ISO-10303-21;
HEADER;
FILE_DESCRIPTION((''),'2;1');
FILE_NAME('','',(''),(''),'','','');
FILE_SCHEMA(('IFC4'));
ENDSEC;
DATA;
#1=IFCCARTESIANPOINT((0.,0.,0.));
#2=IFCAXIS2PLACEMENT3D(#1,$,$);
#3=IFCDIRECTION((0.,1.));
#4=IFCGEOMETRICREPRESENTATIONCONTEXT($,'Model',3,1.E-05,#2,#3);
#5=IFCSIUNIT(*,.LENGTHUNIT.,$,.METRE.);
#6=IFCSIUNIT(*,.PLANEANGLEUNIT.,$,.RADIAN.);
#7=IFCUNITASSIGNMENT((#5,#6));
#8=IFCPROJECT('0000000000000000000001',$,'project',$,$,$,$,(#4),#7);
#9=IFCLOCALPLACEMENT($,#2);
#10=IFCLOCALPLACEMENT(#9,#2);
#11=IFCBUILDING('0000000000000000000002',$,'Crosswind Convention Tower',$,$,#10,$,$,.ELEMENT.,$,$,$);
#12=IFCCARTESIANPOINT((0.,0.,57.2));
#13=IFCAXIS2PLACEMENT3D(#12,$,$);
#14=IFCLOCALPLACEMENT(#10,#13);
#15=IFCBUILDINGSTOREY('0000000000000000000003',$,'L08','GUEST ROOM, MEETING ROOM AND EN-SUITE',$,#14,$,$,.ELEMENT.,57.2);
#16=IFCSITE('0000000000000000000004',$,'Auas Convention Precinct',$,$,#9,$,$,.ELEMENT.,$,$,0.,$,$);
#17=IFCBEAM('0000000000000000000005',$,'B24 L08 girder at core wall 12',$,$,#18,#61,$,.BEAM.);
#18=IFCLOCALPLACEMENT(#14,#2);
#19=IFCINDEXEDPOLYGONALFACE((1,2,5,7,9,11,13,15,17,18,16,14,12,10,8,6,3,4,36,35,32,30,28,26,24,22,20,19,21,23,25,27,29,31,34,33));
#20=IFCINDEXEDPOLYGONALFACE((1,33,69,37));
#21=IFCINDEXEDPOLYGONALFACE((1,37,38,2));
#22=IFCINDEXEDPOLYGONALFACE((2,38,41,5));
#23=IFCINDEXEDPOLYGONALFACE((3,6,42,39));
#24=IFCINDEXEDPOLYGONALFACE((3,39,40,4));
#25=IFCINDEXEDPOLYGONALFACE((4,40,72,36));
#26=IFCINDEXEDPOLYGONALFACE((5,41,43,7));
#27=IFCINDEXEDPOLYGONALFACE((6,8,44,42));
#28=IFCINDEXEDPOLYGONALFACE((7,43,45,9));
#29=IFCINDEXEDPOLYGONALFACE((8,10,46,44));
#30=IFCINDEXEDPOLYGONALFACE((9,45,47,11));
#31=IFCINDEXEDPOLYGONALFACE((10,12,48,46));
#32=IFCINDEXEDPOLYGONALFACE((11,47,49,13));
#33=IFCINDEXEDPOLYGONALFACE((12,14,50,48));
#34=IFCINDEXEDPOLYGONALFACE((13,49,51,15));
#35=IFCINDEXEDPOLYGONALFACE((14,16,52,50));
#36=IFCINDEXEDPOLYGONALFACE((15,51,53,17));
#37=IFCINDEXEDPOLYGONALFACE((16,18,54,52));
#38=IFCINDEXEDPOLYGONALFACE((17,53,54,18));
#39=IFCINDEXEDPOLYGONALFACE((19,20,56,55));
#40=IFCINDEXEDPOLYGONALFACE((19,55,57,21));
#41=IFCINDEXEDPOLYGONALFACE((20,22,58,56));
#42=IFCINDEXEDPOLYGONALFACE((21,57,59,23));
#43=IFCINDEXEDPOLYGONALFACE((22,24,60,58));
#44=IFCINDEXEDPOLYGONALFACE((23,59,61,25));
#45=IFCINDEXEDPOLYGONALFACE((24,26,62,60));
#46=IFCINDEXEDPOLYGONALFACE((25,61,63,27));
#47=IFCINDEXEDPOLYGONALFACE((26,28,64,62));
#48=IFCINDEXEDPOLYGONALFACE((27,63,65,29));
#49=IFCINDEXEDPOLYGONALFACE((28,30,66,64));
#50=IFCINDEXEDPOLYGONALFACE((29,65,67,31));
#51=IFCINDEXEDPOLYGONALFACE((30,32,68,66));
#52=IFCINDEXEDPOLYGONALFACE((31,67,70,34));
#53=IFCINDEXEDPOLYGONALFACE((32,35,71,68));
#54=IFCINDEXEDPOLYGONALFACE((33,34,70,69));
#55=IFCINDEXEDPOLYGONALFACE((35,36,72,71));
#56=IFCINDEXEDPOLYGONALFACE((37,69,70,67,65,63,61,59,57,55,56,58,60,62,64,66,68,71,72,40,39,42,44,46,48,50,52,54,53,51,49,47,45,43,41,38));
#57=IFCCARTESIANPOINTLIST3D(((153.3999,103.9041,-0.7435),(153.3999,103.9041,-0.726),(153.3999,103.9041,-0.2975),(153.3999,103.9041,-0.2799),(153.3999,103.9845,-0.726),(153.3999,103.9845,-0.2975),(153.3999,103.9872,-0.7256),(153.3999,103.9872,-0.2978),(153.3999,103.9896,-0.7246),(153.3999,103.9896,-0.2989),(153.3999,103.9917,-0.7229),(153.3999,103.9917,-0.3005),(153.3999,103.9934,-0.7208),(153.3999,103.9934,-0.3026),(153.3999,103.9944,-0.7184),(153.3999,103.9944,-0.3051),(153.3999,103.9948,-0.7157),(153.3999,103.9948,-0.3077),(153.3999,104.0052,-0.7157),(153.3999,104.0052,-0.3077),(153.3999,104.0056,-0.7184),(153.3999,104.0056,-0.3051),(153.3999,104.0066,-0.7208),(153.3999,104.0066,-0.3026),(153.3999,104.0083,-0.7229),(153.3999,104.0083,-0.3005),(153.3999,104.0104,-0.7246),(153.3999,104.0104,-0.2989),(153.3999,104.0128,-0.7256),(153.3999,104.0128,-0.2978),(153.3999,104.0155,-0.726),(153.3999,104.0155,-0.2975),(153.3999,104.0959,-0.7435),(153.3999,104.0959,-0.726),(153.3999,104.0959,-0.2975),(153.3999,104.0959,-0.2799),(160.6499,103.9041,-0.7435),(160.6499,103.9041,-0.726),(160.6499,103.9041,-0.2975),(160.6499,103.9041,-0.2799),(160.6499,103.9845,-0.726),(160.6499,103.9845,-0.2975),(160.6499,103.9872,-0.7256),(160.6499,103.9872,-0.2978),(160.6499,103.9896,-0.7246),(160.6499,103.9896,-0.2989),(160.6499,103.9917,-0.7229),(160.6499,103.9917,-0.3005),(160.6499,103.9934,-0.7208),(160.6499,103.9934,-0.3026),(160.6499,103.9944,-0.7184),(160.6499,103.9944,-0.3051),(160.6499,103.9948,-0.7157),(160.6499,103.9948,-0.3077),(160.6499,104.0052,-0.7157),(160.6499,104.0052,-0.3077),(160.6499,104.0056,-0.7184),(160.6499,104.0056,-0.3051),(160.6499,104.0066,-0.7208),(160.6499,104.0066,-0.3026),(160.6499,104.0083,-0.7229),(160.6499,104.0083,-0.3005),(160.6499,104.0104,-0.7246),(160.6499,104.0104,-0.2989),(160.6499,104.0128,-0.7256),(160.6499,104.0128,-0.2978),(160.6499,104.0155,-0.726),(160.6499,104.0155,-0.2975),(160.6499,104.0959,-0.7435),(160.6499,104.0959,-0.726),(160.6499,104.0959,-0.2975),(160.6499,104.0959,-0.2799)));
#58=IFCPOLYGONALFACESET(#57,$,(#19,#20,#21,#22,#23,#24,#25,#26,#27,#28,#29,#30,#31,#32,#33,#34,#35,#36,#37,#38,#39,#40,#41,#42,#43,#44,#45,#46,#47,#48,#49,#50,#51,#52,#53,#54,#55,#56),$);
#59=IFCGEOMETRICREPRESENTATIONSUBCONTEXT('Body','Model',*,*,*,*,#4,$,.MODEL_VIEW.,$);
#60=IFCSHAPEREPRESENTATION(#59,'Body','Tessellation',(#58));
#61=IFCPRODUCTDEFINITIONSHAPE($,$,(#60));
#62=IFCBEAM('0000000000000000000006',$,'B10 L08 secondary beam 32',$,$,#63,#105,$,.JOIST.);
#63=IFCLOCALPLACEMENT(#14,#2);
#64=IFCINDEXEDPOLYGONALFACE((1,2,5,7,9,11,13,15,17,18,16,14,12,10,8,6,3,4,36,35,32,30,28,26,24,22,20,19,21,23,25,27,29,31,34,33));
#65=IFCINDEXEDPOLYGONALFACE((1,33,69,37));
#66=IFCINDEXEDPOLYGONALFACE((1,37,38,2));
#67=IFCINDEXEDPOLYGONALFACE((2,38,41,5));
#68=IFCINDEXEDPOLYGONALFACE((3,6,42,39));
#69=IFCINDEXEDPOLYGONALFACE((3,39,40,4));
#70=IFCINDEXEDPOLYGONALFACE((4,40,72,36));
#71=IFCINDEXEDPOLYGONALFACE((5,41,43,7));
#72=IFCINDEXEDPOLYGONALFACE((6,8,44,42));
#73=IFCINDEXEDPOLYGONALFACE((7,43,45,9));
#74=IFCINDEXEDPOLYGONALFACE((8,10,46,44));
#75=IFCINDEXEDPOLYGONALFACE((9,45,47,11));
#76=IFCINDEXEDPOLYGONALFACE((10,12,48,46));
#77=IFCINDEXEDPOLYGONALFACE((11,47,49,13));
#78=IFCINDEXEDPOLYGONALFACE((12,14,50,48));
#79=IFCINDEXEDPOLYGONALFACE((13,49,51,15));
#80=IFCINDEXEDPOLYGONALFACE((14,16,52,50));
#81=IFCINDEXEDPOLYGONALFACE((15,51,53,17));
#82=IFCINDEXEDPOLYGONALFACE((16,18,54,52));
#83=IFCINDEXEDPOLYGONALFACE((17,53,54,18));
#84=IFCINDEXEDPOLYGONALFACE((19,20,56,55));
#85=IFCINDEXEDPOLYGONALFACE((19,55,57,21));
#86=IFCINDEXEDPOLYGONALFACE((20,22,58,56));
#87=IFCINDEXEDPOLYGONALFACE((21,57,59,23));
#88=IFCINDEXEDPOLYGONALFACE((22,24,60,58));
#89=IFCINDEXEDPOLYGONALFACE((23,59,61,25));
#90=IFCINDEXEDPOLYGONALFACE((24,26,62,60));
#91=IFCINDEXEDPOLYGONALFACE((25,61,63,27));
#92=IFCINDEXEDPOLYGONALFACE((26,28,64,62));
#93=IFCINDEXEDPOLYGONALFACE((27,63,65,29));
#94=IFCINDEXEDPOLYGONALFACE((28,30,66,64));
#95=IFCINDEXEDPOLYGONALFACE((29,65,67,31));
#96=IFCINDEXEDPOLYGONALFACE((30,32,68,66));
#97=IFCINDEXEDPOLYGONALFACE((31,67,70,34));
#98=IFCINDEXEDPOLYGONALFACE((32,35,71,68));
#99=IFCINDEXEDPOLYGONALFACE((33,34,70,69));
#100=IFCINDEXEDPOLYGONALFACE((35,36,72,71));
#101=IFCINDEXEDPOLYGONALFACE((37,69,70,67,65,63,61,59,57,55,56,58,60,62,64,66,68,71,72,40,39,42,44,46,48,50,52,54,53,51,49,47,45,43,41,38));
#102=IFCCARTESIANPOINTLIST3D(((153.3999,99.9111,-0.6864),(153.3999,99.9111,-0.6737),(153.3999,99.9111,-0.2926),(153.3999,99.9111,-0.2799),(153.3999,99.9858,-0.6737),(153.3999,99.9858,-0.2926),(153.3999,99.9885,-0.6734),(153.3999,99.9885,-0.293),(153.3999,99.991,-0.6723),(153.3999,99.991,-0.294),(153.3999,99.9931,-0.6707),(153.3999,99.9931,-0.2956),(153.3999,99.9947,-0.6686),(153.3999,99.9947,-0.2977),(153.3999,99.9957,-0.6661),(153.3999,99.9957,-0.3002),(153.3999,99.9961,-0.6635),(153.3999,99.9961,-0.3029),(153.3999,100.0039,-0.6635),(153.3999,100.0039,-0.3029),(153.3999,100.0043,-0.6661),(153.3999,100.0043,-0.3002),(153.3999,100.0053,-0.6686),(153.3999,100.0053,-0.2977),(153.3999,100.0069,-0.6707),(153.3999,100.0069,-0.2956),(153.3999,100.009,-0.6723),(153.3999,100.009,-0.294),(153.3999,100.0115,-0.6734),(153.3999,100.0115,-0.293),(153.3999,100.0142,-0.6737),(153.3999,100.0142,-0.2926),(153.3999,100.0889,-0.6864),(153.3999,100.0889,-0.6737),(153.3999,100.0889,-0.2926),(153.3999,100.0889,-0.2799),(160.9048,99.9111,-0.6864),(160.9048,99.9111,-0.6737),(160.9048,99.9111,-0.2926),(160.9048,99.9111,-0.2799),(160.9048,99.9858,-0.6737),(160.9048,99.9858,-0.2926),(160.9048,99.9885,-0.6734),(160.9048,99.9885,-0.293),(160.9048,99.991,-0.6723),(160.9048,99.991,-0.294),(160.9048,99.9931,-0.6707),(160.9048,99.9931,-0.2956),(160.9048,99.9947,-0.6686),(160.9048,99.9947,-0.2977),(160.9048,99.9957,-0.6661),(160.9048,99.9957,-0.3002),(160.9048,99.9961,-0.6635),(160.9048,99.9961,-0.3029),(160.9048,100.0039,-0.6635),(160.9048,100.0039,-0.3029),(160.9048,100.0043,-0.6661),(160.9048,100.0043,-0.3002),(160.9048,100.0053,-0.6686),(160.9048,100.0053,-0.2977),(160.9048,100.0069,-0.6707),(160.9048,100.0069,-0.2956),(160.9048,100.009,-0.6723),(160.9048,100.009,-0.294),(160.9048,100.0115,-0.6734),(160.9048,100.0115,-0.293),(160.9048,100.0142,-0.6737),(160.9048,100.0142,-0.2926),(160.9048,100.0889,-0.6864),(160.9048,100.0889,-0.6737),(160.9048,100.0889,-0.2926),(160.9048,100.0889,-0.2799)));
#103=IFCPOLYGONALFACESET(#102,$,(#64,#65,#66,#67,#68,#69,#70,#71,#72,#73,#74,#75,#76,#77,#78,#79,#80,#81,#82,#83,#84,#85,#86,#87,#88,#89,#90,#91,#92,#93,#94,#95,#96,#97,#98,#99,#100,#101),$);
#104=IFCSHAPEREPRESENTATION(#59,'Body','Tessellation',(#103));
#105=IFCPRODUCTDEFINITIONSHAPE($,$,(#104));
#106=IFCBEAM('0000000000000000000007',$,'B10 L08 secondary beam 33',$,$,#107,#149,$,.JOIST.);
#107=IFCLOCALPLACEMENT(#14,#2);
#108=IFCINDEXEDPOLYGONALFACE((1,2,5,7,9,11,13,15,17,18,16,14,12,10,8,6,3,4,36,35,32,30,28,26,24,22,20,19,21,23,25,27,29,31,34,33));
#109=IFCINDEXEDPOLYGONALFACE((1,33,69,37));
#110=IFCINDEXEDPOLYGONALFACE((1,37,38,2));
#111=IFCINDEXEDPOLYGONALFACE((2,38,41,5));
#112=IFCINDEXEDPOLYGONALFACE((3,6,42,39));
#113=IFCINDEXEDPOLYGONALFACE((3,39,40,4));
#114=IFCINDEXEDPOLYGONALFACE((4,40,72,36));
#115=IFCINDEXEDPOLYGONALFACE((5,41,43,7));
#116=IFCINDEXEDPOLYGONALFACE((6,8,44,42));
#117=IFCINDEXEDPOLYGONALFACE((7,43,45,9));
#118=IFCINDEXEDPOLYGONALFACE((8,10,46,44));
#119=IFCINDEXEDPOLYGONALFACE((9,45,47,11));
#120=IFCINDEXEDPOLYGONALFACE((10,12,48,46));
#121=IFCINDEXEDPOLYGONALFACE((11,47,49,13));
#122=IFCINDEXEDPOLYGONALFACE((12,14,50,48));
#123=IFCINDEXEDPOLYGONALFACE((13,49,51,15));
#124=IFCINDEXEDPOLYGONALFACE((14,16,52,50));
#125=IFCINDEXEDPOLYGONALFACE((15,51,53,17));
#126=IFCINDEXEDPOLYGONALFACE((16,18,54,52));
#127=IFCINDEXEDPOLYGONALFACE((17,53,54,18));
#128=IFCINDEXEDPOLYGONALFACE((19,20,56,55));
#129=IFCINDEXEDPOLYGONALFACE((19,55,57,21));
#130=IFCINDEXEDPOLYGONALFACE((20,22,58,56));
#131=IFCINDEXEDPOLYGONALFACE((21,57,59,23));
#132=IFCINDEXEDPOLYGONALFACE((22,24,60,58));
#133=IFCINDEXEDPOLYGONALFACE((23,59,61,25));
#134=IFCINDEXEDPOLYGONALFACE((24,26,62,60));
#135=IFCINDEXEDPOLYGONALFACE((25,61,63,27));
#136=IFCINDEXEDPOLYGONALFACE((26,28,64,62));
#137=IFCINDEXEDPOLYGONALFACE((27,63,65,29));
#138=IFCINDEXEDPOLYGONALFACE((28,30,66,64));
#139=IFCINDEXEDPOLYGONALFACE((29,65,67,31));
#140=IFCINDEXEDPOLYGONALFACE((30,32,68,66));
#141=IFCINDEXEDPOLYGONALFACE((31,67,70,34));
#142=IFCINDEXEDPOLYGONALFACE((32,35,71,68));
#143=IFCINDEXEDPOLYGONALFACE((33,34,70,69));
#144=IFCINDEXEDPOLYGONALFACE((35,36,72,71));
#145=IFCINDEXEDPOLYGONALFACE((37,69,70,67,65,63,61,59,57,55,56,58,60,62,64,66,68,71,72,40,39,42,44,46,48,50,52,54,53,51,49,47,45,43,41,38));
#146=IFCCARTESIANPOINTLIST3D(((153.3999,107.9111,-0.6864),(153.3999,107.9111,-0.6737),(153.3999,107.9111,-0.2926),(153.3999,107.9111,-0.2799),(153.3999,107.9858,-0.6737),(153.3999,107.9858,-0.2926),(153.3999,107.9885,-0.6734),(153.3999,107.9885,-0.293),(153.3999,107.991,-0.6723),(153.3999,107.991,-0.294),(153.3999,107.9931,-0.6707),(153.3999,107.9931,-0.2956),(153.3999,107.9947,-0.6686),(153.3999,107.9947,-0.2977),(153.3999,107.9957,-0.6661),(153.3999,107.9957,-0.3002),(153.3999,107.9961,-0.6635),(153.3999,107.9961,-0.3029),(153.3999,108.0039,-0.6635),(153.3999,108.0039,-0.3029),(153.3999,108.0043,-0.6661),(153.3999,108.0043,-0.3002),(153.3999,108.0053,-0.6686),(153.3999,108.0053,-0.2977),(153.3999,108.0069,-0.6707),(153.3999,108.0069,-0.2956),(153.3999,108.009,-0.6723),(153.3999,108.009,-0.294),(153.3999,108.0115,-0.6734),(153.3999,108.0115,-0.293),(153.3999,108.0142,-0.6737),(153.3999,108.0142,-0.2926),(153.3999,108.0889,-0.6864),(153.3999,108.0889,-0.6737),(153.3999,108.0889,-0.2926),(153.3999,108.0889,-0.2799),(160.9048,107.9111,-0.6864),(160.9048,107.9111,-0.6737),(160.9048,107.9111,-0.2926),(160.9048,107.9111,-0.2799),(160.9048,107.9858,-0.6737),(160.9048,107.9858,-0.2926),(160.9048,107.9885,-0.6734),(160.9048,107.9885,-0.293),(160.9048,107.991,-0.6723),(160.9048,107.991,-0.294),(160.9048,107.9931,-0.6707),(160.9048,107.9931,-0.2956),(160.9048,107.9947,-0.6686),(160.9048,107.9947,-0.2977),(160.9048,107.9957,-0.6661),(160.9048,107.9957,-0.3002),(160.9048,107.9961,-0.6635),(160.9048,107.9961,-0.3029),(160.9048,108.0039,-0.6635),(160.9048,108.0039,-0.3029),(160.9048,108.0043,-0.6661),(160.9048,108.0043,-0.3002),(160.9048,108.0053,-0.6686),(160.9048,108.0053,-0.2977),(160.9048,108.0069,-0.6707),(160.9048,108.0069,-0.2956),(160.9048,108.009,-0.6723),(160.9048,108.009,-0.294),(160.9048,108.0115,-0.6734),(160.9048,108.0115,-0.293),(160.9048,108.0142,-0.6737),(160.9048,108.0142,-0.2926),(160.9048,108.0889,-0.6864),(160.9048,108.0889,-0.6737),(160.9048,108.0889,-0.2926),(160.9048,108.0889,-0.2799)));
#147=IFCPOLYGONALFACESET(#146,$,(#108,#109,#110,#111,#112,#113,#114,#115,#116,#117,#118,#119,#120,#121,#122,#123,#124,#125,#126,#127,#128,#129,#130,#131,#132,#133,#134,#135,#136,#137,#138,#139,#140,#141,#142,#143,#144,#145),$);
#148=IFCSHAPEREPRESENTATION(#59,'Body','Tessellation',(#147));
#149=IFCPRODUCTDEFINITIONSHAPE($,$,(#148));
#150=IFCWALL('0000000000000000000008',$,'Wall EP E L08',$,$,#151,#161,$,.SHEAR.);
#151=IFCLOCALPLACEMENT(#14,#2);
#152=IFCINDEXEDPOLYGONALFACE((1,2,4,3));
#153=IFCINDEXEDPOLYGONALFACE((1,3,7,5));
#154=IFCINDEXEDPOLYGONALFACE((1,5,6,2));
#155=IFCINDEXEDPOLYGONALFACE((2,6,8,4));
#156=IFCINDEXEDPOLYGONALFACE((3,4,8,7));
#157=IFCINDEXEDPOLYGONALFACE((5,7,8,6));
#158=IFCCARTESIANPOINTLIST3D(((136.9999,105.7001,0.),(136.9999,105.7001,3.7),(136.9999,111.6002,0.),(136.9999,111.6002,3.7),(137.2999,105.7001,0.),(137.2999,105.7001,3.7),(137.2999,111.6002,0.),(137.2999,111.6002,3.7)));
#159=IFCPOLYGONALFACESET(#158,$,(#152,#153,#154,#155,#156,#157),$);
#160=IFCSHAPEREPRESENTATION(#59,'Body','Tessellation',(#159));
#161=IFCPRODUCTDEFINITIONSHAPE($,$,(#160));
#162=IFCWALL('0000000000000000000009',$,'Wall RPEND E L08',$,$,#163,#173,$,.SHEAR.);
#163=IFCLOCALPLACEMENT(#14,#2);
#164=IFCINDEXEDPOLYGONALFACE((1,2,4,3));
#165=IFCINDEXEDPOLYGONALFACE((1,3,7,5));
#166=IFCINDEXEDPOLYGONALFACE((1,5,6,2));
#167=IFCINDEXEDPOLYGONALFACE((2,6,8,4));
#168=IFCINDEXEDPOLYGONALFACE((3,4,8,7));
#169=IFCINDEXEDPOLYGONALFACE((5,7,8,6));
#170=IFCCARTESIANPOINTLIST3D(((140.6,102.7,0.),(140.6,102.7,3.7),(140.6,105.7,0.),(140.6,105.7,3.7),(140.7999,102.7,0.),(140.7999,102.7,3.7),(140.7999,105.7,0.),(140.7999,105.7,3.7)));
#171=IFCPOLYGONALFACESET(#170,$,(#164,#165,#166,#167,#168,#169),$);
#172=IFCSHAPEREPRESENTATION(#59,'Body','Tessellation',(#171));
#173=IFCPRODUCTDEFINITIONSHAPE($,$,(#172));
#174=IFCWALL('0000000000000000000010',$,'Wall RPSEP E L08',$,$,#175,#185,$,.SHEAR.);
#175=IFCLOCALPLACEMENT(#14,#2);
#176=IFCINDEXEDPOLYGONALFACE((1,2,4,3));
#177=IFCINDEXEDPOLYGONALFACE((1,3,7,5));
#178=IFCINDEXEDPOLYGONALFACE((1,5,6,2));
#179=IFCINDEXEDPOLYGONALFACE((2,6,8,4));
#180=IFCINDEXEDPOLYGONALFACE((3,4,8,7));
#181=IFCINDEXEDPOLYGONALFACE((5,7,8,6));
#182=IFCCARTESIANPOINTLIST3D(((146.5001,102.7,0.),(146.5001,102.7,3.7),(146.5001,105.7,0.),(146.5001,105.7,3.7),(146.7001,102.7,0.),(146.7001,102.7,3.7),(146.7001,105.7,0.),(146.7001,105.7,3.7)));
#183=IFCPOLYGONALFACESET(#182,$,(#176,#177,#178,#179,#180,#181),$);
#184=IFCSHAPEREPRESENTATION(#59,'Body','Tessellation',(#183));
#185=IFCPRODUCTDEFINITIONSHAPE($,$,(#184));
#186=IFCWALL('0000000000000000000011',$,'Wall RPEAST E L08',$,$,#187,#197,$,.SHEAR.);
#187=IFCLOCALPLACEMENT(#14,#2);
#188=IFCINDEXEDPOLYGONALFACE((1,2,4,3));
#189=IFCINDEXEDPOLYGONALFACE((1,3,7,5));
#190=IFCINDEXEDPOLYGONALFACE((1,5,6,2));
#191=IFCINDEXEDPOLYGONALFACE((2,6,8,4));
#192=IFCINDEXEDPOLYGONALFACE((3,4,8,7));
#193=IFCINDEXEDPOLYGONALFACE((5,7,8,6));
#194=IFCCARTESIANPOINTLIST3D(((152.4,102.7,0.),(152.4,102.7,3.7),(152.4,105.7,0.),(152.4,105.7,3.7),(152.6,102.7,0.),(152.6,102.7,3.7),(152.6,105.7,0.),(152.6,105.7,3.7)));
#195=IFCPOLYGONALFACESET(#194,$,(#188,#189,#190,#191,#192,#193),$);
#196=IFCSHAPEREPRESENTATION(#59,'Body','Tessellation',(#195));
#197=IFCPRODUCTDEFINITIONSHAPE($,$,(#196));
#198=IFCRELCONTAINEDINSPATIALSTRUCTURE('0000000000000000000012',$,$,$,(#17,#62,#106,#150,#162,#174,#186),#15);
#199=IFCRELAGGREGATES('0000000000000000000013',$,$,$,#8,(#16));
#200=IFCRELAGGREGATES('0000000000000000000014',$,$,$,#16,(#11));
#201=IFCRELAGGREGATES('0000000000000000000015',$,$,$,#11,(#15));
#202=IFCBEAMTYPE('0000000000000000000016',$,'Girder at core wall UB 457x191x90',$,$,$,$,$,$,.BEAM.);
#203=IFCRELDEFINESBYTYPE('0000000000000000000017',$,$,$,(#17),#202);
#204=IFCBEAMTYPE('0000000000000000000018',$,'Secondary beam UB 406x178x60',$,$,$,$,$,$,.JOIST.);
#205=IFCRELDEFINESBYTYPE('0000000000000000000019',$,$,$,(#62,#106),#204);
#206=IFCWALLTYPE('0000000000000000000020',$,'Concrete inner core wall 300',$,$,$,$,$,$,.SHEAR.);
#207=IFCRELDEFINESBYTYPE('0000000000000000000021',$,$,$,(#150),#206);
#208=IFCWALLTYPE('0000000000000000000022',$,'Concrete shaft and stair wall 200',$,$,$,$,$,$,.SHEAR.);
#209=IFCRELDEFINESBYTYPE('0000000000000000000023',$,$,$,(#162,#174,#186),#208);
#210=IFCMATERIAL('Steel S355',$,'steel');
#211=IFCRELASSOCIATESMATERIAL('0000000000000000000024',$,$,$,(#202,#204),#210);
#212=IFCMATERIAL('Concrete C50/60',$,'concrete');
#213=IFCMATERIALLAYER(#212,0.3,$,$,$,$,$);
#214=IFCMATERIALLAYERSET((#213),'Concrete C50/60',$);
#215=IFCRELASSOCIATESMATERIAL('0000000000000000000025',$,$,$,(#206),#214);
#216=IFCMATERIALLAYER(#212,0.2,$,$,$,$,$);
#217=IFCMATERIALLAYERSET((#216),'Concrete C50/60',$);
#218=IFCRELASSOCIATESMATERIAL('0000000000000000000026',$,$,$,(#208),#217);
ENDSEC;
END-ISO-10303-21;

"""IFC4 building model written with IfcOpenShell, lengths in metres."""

from ifc_helpers import new_model, si_unit, direction, frame, frame_2d, origin, origin_2d, place, context, subcontext, project, spatial, rectangle, i_section, extrude, material, layer, layer_set, material_profile, profile_set, type_object, element, save


model = new_model("IFC4")

# Units and contexts
model_context = context("Model", 3, precision=1e-05, world=origin(), true_north=direction((0.0, 1.0)))
body_context = subcontext(model_context, "Body", "Model", "MODEL_VIEW")
ifc_project = project(units=[si_unit("LENGTHUNIT", "METRE"), si_unit("PLANEANGLEUNIT", "RADIAN")], contexts=[model_context])

# Site, building, storey
site_placement = place(None, origin())
site = spatial("IfcSite", under=ifc_project, at=site_placement, Name="Auas Convention Precinct", CompositionType="ELEMENT", RefElevation=0.0)
building_placement = place(site_placement, origin())
building = spatial("IfcBuilding", under=site, at=building_placement, Name="Crosswind Convention Tower", CompositionType="ELEMENT")
storey_placement = place(building_placement, frame((0.0, 0.0, 57.2)))
storey = spatial("IfcBuildingStorey", under=building, at=storey_placement, Name="L08", Description="GUEST ROOM, MEETING ROOM AND EN-SUITE", CompositionType="ELEMENT", Elevation=57.2)

# Beams
ifc_material_1 = material(Name="Steel S355", Category="steel")
ifc_material_profile_1 = material_profile(ifc_material_1, i_section(OverallWidth=0.1919, OverallDepth=0.4636, WebThickness=0.0105, FlangeThickness=0.0176, FilletRadius=0.0103, at=origin_2d()), Name="UB 457x191x90")
ifc_profile_set_1 = profile_set([ifc_material_profile_1], Name="Steel S355")
beam_type_1 = type_object("IfcBeamType", Name="Girder at core wall UB 457x191x90", PredefinedType="BEAM", material=ifc_profile_set_1)
beam_placement = place(storey_placement, frame((153.3999, 104.0, -0.5117), z_axis=(1.0, 0.0, 0.0), x_axis=(0.0, 1.0, 0.0)))
element("IfcBeam", 1, at=beam_placement, inside=storey, type_object=beam_type_1, Name="B24 L08 girder at core wall 12", PredefinedType="BEAM", context=body_context, shape_type="SweptSolid", body=[
    extrude(i_section(OverallWidth=0.1919, OverallDepth=0.4636, WebThickness=0.0105, FlangeThickness=0.0176, FilletRadius=0.0103, at=origin_2d()), origin(), (0.0, 0.0, 1.0), 7.25),
])
ifc_material_profile_2 = material_profile(ifc_material_1, i_section(OverallWidth=0.1777, OverallDepth=0.4065, WebThickness=0.0078, FlangeThickness=0.0127, FilletRadius=0.0103, at=origin_2d()), Name="UB 406x178x60")
ifc_profile_set_2 = profile_set([ifc_material_profile_2], Name="Steel S355")
beam_type_2 = type_object("IfcBeamType", Name="Secondary beam UB 406x178x60", PredefinedType="JOIST", material=ifc_profile_set_2)
for number, where, z_axis, x_axis, name in (
    (2, (153.3999, 100.0, -0.4832), (1.0, 0.0, 0.0), (0.0, 1.0, 0.0), "B10 L08 secondary beam 32"),
    (3, (153.3999, 108.0, -0.4832), (1.0, 0.0, 0.0), (0.0, 1.0, 0.0), "B10 L08 secondary beam 33"),
):
    element("IfcBeam", number, at=place(storey_placement, frame(where, z_axis=z_axis, x_axis=x_axis)), inside=storey, type_object=beam_type_2, Name=name, PredefinedType="JOIST", context=body_context, shape_type="SweptSolid", body=[
        extrude(i_section(OverallWidth=0.1777, OverallDepth=0.4065, WebThickness=0.0078, FlangeThickness=0.0127, FilletRadius=0.0103, at=origin_2d()), origin(), (0.0, 0.0, 1.0), 7.5049),
    ])

# Walls
ifc_material_2 = material(Name="Concrete C50/60", Category="concrete")
ifc_layer_1 = layer(ifc_material_2, 0.3)
ifc_layer_set_1 = layer_set([ifc_layer_1], Name="Concrete C50/60")
wall_type_1 = type_object("IfcWallType", Name="Concrete inner core wall 300", PredefinedType="SHEAR", material=ifc_layer_set_1)
wall_1_placement = place(storey_placement, frame((137.1499, 105.7, 0.0), z_axis=(0.0, 0.0, 1.0), x_axis=(0.0, 1.0, 0.0)))
element("IfcWall", 4, at=wall_1_placement, inside=storey, type_object=wall_type_1, Name="Wall EP E L08", PredefinedType="SHEAR", context=body_context, shape_type="SweptSolid", body=[
    extrude(rectangle(XDim=5.9001, YDim=0.3, at=frame_2d((2.9502, 0.0))), origin(), (0.0, 0.0, 1.0), 3.7),
])
ifc_layer_2 = layer(ifc_material_2, 0.2)
ifc_layer_set_2 = layer_set([ifc_layer_2], Name="Concrete C50/60")
wall_type_2 = type_object("IfcWallType", Name="Concrete shaft and stair wall 200", PredefinedType="SHEAR", material=ifc_layer_set_2)
for number, where, z_axis, x_axis, name in (
    (5, (140.7, 102.7, 0.0), (0.0, 0.0, 1.0), (0.0, 1.0, 0.0), "Wall RPEND E L08"),
    (6, (146.6001, 102.7, 0.0), (0.0, 0.0, 1.0), (0.0, 1.0, 0.0), "Wall RPSEP E L08"),
    (7, (152.5, 102.7, 0.0), (0.0, 0.0, 1.0), (0.0, 1.0, 0.0), "Wall RPEAST E L08"),
):
    element("IfcWall", number, at=place(storey_placement, frame(where, z_axis=z_axis, x_axis=x_axis)), inside=storey, type_object=wall_type_2, Name=name, PredefinedType="SHEAR", context=body_context, shape_type="SweptSolid", body=[
        extrude(rectangle(XDim=3.0, YDim=0.2, at=frame_2d((1.5, 0.0))), origin(), (0.0, 0.0, 1.0), 3.7),
    ])

save(model, "model.ifc")
